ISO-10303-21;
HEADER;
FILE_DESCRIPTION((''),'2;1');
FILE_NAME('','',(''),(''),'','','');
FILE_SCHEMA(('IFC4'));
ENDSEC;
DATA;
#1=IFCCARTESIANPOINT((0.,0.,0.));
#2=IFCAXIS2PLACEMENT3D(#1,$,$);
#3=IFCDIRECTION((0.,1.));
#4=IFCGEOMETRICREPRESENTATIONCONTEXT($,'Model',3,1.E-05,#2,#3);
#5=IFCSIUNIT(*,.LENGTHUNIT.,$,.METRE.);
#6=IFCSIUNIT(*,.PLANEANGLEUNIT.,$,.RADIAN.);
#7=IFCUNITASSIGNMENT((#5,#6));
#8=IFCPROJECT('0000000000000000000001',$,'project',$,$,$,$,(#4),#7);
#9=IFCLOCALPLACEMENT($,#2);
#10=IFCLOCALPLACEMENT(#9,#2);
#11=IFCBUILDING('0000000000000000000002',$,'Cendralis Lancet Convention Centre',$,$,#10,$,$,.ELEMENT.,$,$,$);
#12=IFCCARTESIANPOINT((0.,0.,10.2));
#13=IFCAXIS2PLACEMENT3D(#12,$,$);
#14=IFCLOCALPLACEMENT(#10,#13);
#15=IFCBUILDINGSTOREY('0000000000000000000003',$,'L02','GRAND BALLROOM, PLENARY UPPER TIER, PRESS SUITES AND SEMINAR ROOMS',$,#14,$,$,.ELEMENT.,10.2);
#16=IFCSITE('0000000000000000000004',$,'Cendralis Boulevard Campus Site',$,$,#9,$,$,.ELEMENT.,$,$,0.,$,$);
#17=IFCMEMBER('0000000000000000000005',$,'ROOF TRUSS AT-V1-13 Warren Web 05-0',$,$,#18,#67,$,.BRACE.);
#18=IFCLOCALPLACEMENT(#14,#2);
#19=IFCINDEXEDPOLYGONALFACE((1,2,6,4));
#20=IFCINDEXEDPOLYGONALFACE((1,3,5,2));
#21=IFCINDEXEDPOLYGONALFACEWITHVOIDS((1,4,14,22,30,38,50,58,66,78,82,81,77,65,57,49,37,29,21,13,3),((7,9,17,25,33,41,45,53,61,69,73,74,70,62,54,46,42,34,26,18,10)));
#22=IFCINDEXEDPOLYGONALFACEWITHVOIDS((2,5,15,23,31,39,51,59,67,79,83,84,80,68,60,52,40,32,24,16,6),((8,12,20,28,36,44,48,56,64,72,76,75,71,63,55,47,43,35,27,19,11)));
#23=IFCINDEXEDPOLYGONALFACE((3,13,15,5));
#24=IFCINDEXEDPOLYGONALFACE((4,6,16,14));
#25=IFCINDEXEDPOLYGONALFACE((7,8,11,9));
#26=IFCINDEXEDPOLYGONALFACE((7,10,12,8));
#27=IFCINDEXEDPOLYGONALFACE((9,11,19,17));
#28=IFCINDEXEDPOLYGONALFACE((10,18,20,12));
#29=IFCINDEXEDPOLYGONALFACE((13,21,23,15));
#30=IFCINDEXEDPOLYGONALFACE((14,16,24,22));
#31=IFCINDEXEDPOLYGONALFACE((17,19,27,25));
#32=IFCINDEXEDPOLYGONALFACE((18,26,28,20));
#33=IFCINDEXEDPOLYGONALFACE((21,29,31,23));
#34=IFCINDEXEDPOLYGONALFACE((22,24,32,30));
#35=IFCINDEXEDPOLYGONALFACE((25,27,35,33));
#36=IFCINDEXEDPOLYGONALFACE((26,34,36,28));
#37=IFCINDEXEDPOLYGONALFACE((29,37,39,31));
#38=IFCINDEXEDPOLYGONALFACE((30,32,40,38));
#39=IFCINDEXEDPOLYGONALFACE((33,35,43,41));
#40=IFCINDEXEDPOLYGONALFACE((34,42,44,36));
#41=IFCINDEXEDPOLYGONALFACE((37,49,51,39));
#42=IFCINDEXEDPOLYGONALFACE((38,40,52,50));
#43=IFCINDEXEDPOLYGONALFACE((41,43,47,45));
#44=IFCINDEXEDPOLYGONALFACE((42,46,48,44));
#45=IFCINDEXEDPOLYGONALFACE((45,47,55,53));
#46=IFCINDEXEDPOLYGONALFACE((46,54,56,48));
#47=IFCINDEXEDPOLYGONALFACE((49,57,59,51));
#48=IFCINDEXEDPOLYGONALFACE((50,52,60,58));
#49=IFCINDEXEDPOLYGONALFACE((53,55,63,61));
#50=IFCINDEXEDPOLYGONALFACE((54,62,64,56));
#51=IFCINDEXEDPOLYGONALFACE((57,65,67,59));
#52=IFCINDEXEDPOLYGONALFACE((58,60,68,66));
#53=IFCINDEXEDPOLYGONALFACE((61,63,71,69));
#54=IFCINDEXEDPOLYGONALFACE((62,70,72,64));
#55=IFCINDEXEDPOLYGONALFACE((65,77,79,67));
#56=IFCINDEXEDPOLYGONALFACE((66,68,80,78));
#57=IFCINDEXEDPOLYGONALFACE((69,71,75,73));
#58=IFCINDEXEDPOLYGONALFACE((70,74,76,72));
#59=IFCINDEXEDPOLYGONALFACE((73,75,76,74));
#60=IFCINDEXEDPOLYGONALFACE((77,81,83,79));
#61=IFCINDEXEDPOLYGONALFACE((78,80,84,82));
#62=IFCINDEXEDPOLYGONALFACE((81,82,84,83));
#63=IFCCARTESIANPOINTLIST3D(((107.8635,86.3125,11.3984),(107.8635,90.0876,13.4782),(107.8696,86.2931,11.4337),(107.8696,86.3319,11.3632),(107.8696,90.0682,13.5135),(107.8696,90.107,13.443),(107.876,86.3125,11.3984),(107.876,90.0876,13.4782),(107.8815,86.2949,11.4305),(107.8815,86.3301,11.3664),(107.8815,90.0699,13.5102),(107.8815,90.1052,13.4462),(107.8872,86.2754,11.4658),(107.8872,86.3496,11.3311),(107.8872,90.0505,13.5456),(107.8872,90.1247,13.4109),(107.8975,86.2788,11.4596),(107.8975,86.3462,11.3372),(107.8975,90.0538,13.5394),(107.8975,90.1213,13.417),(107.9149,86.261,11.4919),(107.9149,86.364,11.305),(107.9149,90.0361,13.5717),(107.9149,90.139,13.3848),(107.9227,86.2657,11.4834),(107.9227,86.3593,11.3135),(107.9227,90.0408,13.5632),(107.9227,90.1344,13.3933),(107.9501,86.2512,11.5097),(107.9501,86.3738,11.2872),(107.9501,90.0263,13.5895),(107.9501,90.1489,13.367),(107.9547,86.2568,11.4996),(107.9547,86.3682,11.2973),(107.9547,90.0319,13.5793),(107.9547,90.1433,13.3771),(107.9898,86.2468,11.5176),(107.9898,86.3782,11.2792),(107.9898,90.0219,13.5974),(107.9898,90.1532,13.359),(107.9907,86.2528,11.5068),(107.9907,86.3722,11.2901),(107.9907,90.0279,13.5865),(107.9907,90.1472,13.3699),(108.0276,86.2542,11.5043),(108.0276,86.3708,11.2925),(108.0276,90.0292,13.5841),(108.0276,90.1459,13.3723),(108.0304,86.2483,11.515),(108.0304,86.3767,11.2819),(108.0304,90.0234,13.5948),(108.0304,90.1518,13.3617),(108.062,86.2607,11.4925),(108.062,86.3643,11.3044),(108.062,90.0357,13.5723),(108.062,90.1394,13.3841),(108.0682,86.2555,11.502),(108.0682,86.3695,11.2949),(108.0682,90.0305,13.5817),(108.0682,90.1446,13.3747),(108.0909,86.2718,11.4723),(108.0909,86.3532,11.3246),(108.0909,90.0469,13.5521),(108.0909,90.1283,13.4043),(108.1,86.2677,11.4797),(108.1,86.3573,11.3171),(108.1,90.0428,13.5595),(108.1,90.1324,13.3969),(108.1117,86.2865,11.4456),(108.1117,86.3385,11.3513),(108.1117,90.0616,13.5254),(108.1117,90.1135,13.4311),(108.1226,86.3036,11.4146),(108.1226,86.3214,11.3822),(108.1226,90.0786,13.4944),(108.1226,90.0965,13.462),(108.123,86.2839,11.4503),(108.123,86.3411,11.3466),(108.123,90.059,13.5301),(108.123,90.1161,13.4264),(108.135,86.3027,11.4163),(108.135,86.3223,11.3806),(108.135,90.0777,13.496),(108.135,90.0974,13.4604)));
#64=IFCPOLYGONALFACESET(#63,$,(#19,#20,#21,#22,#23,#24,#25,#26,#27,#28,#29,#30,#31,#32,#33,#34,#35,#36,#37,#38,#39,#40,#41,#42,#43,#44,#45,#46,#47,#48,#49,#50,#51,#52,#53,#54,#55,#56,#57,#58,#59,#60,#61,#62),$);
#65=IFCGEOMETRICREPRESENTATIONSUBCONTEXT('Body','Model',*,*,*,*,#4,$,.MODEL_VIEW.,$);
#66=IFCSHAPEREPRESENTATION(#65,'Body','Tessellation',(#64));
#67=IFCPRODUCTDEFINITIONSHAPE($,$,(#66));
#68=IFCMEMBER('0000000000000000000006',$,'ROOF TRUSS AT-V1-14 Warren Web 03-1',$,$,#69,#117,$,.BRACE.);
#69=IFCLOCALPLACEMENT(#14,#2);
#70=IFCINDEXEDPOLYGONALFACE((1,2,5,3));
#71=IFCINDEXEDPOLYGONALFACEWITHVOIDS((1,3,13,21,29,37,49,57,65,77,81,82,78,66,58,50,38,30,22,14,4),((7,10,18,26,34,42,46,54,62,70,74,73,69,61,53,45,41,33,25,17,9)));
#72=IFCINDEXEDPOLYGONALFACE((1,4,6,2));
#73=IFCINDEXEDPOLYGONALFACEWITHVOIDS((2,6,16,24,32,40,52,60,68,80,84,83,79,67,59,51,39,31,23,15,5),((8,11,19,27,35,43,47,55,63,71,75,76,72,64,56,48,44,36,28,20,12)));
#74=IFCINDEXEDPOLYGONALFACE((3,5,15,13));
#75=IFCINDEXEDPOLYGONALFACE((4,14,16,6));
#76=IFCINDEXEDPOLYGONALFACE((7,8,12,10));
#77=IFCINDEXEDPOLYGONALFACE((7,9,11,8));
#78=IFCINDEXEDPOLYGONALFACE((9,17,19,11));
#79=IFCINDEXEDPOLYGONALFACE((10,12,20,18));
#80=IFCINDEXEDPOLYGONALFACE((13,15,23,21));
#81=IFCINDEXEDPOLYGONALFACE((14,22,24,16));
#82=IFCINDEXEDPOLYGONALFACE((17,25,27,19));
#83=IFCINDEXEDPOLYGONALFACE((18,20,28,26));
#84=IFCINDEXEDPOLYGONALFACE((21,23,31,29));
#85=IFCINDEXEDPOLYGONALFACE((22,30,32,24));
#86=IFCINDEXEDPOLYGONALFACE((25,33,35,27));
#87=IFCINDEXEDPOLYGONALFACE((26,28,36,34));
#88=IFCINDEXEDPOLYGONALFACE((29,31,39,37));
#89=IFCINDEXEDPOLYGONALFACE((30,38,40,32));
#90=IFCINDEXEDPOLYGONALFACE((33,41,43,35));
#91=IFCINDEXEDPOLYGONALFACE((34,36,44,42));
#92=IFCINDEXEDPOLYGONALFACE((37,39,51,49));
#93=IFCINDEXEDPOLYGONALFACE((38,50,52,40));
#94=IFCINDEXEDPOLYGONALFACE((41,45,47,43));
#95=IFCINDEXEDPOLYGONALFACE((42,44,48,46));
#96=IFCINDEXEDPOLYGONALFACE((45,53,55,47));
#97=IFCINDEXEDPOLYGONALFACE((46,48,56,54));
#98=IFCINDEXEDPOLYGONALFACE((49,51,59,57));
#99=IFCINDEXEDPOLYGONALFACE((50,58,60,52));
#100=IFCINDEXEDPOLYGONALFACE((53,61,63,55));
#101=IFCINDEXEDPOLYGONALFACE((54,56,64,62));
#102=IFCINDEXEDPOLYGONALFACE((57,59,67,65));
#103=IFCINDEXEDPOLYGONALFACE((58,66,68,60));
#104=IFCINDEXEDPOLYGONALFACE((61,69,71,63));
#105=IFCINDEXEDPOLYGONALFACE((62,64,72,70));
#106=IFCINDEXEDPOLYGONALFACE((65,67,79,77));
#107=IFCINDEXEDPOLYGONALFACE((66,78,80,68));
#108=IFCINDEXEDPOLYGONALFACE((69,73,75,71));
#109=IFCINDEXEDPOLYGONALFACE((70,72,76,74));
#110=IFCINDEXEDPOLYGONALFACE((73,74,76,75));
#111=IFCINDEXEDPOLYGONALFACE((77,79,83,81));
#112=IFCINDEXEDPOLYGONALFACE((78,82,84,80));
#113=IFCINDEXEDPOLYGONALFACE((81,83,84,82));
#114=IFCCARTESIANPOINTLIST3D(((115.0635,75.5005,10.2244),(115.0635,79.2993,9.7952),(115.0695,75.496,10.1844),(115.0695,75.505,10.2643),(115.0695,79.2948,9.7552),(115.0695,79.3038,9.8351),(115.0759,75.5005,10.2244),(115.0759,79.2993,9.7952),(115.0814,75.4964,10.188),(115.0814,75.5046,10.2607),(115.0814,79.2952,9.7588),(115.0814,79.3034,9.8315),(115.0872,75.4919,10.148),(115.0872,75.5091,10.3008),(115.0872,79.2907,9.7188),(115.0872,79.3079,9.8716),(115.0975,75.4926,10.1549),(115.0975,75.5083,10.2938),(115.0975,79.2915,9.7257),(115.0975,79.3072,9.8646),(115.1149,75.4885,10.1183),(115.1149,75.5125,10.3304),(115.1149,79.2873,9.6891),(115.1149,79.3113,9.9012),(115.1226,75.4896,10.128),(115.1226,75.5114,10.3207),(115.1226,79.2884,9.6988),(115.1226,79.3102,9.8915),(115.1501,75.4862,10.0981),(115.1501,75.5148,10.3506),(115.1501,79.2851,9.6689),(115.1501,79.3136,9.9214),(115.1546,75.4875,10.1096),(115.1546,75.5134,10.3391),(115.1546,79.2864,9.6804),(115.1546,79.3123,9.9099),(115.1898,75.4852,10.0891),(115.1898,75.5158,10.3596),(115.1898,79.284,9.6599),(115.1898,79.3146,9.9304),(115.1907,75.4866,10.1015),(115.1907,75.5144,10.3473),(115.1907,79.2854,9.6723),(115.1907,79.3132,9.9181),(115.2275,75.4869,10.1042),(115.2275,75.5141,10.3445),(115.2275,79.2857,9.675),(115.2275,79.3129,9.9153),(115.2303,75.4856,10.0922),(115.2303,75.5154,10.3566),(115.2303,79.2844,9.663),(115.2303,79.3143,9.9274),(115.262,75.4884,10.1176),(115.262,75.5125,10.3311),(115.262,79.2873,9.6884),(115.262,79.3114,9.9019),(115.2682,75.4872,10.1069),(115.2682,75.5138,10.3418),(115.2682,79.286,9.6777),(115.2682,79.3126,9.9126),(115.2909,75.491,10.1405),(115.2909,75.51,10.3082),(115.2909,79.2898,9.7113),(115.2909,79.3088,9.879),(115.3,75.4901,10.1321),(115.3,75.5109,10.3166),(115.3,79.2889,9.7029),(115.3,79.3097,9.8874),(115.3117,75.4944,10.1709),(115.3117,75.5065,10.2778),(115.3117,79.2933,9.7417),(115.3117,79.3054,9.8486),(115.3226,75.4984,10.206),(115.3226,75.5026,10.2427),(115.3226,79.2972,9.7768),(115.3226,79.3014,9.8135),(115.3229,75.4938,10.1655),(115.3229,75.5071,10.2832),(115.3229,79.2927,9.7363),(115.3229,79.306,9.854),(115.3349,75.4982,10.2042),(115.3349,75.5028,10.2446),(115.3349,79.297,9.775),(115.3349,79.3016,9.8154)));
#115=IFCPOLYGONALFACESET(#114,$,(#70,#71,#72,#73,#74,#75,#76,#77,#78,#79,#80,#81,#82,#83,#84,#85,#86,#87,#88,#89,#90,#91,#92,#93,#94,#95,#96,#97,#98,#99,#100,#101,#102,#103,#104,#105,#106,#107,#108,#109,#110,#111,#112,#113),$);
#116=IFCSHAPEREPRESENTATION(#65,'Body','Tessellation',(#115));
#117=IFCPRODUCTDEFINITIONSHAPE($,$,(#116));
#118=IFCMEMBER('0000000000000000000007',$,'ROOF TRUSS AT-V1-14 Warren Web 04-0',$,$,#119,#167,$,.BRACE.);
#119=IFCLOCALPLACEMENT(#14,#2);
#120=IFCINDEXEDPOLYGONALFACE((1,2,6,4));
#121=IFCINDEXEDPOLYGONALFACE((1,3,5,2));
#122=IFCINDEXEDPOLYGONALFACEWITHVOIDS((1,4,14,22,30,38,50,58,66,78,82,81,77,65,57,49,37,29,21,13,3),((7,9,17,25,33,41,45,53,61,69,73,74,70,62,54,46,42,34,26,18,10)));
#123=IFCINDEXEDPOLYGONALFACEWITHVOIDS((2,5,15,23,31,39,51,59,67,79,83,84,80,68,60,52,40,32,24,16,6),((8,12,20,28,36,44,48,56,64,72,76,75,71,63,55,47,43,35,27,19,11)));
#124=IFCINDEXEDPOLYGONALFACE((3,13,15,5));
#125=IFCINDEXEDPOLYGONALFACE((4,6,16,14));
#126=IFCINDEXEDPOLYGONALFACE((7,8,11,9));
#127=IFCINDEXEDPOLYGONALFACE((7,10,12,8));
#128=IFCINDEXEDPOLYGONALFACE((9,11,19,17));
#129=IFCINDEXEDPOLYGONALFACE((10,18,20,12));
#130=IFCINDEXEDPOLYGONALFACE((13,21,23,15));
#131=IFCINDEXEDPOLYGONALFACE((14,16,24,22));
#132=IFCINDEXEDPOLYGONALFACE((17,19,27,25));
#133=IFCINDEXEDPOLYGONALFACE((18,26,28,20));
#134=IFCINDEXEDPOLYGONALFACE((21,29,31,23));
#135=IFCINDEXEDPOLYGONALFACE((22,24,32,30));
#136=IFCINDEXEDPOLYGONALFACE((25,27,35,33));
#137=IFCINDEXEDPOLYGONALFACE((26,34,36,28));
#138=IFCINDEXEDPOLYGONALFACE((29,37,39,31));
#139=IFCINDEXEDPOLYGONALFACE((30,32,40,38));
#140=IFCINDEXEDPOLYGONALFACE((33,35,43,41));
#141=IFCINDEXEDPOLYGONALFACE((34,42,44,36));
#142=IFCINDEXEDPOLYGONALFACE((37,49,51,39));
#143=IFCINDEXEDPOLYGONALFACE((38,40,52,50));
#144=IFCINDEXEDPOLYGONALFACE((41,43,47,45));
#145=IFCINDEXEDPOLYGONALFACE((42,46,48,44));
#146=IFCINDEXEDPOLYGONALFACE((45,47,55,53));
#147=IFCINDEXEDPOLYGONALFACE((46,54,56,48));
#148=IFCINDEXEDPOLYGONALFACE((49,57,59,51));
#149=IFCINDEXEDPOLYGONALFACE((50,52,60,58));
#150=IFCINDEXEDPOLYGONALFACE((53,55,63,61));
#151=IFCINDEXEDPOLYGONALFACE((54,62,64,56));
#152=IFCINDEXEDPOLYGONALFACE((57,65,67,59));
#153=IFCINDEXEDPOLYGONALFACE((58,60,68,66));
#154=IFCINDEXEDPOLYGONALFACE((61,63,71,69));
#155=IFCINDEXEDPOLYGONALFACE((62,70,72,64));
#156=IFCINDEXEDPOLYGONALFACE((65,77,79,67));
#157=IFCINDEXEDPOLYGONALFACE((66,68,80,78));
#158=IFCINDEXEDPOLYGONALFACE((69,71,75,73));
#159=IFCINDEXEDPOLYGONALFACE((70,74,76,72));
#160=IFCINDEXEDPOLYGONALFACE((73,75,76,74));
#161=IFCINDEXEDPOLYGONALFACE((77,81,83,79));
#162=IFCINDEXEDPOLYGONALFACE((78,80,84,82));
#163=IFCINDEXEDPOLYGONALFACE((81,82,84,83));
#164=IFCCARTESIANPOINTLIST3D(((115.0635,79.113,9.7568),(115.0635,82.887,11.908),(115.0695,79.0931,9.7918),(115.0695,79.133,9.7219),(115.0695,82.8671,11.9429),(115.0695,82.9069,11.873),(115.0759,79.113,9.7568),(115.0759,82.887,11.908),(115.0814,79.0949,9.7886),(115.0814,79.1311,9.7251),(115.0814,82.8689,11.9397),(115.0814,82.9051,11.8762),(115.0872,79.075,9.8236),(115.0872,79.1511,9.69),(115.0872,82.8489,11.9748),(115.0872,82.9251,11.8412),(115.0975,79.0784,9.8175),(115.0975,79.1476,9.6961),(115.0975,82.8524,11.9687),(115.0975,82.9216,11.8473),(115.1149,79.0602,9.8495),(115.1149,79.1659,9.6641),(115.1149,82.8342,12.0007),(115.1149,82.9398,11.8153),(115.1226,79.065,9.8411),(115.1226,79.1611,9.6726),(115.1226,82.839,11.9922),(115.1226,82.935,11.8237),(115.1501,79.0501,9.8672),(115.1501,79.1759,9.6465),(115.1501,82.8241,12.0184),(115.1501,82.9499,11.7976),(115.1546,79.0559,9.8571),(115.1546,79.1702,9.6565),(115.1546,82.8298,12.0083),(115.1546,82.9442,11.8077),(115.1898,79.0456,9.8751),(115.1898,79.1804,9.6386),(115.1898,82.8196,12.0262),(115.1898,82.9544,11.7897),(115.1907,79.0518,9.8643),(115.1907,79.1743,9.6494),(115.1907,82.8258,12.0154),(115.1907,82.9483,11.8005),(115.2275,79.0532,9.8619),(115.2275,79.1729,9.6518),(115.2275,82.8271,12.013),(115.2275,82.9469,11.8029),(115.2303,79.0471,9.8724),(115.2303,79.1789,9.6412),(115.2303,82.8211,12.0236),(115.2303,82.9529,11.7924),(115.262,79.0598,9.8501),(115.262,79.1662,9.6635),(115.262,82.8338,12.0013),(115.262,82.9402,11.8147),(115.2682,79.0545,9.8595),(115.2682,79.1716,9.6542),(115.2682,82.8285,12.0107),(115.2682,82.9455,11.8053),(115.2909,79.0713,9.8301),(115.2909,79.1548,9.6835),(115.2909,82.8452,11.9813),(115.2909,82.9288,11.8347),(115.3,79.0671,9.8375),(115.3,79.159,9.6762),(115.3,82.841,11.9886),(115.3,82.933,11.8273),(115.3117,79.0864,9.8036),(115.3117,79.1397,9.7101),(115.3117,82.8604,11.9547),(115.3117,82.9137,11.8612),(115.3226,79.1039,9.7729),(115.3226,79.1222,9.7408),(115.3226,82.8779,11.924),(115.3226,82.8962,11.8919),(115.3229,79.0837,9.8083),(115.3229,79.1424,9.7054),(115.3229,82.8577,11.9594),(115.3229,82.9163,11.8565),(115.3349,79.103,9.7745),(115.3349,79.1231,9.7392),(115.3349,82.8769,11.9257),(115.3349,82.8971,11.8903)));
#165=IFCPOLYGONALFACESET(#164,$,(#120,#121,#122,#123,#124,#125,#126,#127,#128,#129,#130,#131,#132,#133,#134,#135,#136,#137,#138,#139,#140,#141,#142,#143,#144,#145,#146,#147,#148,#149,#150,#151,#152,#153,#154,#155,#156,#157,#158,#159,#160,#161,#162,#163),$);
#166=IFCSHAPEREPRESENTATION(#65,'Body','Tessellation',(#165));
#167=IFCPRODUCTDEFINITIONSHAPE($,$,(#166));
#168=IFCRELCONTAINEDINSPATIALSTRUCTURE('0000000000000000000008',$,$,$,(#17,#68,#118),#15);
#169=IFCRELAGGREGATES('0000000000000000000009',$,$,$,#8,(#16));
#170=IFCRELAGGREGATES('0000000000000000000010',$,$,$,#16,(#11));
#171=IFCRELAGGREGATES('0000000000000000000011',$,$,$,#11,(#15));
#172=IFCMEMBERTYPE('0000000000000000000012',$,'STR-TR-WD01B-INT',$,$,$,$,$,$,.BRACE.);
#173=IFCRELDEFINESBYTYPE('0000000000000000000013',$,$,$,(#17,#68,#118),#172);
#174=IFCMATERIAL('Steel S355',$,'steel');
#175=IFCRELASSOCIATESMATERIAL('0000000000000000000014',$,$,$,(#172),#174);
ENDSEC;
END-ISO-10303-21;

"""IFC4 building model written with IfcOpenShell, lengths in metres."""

from ifc_helpers import new_model, si_unit, direction, frame, origin, origin_2d, place, context, subcontext, project, spatial, hollow_circle, extrude, material, material_profile, profile_set, type_object, element, save


model = new_model("IFC4")

# Units and contexts
model_context = context("Model", 3, precision=1e-05, world=origin(), true_north=direction((0.0, 1.0)))
body_context = subcontext(model_context, "Body", "Model", "MODEL_VIEW")
ifc_project = project(units=[si_unit("LENGTHUNIT", "METRE"), si_unit("PLANEANGLEUNIT", "RADIAN")], contexts=[model_context])

# Site, building, storey
site_placement = place(None, origin())
site = spatial("IfcSite", under=ifc_project, at=site_placement, Name="Cendralis Boulevard Campus Site", CompositionType="ELEMENT", RefElevation=0.0)
building_placement = place(site_placement, origin())
building = spatial("IfcBuilding", under=site, at=building_placement, Name="Cendralis Lancet Convention Centre", CompositionType="ELEMENT")
storey_placement = place(building_placement, frame((0.0, 0.0, 10.2)))
storey = spatial("IfcBuildingStorey", under=building, at=storey_placement, Name="L02", Description="GRAND BALLROOM, PLENARY UPPER TIER, PRESS SUITES AND SEMINAR ROOMS", CompositionType="ELEMENT", Elevation=10.2)

# Members
ifc_material = material(Name="Steel S355", Category="steel")
ifc_material_profile_1 = material_profile(ifc_material, hollow_circle(Radius=0.1365, WallThickness=0.0125, at=origin_2d()), Name="CHS 273.0x12.5")
ifc_profile_set_1 = profile_set([ifc_material_profile_1], Name="Steel S355")
member_type_1 = type_object("IfcMemberType", Name="STR-TR-WD01B-INT", PredefinedType="BRACE", material=ifc_profile_set_1)
member_1_placement = place(storey_placement, frame((108.0, 86.3125, 11.3984), z_axis=(0.0, 0.875872, 0.482543), x_axis=(-1.0, 0.0, 0.0)))
element("IfcMember", 1, at=member_1_placement, inside=storey, type_object=member_type_1, Name="ROOF TRUSS AT-V1-13 Warren Web 05-0", PredefinedType="BRACE", context=body_context, shape_type="SweptSolid", body=[
    extrude(hollow_circle(Radius=0.1365, WallThickness=0.0125, at=origin_2d()), origin(), (0.0, 0.0, 1.0), 4.3101),
])
member_2_placement = place(storey_placement, frame((115.2, 75.5005, 10.2244), z_axis=(0.0, 0.993678, -0.112268), x_axis=(-1.0, 0.0, 0.0)))
element("IfcMember", 2, at=member_2_placement, inside=storey, type_object=member_type_1, Name="ROOF TRUSS AT-V1-14 Warren Web 03-1", PredefinedType="BRACE", context=body_context, shape_type="SweptSolid", body=[
    extrude(hollow_circle(Radius=0.1365, WallThickness=0.0125, at=origin_2d()), origin(), (0.0, 0.0, 1.0), 3.823),
])
member_3_placement = place(storey_placement, frame((115.2, 79.113, 9.7568), z_axis=(0.0, 0.868779, 0.4952), x_axis=(-1.0, 0.0, 0.0)))
element("IfcMember", 3, at=member_3_placement, inside=storey, type_object=member_type_1, Name="ROOF TRUSS AT-V1-14 Warren Web 04-0", PredefinedType="BRACE", context=body_context, shape_type="SweptSolid", body=[
    extrude(hollow_circle(Radius=0.1365, WallThickness=0.0125, at=origin_2d()), origin(), (0.0, 0.0, 1.0), 4.344),
])

save(model, "model.ifc")
